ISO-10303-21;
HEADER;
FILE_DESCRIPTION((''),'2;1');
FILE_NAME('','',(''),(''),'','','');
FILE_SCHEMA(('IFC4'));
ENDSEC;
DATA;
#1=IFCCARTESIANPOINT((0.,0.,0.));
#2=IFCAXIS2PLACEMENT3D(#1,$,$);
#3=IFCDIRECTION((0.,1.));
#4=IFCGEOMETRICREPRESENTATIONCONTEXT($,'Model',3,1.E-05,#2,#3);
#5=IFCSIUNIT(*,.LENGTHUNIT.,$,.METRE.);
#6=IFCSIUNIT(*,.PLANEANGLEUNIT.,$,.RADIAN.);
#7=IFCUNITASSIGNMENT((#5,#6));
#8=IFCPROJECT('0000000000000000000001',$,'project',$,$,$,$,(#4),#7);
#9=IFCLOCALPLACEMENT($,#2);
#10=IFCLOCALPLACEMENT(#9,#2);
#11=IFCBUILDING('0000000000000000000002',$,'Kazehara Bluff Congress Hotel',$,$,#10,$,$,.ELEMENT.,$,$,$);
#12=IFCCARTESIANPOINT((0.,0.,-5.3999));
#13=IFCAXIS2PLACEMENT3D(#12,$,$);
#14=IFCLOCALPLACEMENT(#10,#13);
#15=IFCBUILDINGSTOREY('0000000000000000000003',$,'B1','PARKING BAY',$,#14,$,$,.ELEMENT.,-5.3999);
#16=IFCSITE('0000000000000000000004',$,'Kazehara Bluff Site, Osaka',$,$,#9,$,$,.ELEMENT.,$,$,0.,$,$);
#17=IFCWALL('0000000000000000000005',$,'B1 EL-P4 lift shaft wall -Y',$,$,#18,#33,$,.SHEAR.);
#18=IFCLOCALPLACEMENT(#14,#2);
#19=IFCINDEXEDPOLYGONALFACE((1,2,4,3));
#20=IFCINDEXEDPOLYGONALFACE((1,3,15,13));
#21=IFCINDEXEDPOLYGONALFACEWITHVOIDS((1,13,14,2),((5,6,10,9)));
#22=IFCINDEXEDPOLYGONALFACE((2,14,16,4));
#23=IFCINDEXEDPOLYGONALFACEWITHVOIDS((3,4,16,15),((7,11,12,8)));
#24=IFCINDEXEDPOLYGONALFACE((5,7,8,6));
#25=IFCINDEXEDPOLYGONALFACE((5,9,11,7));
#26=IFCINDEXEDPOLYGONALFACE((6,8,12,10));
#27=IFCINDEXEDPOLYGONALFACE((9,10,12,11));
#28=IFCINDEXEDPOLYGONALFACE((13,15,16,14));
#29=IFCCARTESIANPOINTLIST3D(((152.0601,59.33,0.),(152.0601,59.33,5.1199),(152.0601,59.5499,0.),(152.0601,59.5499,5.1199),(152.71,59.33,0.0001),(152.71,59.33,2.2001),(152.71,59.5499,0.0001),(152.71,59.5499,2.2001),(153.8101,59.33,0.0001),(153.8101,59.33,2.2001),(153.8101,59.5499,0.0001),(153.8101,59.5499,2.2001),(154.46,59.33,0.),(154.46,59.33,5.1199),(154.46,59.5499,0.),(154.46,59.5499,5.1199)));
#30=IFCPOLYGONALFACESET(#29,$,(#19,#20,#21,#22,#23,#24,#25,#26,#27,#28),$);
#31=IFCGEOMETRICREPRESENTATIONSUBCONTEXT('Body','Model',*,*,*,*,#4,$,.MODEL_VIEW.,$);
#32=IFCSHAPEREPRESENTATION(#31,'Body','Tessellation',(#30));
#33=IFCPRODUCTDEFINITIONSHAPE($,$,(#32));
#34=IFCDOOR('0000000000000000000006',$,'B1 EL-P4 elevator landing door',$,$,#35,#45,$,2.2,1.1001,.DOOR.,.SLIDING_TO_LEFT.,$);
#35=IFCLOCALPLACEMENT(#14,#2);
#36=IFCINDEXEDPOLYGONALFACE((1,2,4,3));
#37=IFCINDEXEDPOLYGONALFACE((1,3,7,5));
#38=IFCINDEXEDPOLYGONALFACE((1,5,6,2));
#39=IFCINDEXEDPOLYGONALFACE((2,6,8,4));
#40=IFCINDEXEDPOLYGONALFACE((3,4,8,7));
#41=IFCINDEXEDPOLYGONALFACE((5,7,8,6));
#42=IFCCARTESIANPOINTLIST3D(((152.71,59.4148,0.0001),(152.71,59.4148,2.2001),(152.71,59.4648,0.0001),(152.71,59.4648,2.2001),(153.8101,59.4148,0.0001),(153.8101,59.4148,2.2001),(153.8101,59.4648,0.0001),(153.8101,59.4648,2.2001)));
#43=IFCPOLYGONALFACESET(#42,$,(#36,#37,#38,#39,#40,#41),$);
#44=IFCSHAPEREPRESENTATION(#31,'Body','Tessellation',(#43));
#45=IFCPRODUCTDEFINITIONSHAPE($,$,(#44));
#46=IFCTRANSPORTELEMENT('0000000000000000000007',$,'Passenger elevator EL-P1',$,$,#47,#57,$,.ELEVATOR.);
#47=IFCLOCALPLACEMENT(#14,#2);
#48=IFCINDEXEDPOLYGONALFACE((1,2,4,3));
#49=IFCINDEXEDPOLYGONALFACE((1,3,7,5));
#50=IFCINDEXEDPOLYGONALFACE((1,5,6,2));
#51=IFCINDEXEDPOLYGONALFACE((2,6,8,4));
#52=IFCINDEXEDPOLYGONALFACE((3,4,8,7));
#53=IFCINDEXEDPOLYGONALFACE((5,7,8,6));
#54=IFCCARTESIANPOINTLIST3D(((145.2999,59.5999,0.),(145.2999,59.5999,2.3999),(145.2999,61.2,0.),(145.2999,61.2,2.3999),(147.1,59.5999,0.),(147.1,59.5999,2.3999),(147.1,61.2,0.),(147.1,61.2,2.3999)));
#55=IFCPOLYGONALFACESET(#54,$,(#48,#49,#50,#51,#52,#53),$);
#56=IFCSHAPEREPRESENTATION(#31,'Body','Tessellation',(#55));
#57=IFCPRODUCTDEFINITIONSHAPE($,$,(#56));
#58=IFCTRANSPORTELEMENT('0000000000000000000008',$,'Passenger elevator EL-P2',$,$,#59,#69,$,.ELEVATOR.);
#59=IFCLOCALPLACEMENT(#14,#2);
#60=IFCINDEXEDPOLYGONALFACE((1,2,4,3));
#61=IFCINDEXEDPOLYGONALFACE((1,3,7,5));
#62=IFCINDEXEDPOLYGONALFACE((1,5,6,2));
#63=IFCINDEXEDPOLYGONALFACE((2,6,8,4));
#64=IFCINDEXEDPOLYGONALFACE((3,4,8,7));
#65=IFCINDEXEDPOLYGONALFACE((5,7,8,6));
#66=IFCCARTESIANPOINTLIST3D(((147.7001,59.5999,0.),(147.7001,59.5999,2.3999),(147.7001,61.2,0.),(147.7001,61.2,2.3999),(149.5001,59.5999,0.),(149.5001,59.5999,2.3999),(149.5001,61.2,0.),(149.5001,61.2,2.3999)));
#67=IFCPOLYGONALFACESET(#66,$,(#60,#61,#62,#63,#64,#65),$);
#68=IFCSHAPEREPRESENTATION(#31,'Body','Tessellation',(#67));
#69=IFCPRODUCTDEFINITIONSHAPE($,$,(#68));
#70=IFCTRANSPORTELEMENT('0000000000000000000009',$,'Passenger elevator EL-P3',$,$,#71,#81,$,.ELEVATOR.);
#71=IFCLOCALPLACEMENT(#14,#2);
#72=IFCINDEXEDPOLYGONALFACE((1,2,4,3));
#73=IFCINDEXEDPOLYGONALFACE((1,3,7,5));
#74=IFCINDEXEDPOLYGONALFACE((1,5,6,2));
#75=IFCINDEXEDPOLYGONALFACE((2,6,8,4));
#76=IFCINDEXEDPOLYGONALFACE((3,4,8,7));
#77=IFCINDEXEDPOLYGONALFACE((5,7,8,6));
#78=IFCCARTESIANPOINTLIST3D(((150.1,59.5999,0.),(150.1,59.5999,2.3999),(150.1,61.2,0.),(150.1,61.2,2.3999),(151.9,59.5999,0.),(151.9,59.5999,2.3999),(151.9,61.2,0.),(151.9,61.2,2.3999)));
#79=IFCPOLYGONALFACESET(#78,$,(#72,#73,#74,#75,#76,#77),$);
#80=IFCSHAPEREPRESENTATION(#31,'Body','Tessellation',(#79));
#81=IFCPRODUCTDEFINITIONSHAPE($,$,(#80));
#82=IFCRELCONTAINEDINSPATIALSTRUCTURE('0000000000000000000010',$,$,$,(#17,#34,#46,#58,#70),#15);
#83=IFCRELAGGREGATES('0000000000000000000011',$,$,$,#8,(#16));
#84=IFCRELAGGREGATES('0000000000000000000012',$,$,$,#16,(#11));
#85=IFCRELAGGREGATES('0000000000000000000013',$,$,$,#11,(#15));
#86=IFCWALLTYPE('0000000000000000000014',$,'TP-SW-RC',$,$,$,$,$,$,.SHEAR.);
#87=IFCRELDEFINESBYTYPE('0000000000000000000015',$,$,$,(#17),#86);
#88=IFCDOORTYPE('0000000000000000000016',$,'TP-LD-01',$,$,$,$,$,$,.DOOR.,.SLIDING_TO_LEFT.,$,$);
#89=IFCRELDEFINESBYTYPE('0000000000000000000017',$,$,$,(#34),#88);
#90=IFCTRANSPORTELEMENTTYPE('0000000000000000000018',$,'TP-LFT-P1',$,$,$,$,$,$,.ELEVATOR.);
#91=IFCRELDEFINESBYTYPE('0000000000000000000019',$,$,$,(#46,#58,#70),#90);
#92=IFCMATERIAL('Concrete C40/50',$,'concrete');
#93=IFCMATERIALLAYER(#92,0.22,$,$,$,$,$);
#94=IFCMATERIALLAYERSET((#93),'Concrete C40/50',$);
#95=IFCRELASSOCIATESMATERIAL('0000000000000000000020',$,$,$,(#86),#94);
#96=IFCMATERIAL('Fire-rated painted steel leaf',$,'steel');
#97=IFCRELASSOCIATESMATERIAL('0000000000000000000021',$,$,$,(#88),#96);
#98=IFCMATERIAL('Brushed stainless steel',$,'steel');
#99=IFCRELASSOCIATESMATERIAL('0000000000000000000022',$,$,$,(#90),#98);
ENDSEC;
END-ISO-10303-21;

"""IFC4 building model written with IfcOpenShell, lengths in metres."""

from ifc_helpers import new_model, si_unit, direction, frame, frame_2d, origin, origin_2d, place, context, subcontext, project, spatial, rectangle, extrude, material, layer, layer_set, type_object, element, fill, save


model = new_model("IFC4")

# Units and contexts
model_context = context("Model", 3, precision=1e-05, world=origin(), true_north=direction((0.0, 1.0)))
body_context = subcontext(model_context, "Body", "Model", "MODEL_VIEW")
ifc_project = project(units=[si_unit("LENGTHUNIT", "METRE"), si_unit("PLANEANGLEUNIT", "RADIAN")], contexts=[model_context])

# Site, building, storey
site_placement = place(None, origin())
site = spatial("IfcSite", under=ifc_project, at=site_placement, Name="Kazehara Bluff Site, Osaka", CompositionType="ELEMENT", RefElevation=0.0)
building_placement = place(site_placement, origin())
building = spatial("IfcBuilding", under=site, at=building_placement, Name="Kazehara Bluff Congress Hotel", CompositionType="ELEMENT")
storey_placement = place(building_placement, frame((0.0, 0.0, -5.3999)))
storey = spatial("IfcBuildingStorey", under=building, at=storey_placement, Name="B1", Description="PARKING BAY", CompositionType="ELEMENT", Elevation=-5.3999)

# Shared definitions
ifc_material_1 = material(Name="Concrete C40/50", Category="concrete")
ifc_layer_1 = layer(ifc_material_1, 0.22)
ifc_layer_set_1 = layer_set([ifc_layer_1], Name="Concrete C40/50")
wall_type = type_object("IfcWallType", Name="TP-SW-RC", PredefinedType="SHEAR", material=ifc_layer_set_1)

# Shared definitions
ifc_material_2 = material(Name="Fire-rated painted steel leaf", Category="steel")
door_type = type_object("IfcDoorType", Name="TP-LD-01", OperationType="SLIDING_TO_LEFT", PredefinedType="DOOR", material=ifc_material_2)

# Wall, opening, door
wall_1_placement = place(storey_placement, frame((152.0601, 59.4399, 0.0), z_axis=(0.0, 0.0, 1.0), x_axis=(1.0, 0.0, 0.0)))
wall_1 = element("IfcWall", 1, at=wall_1_placement, inside=storey, type_object=wall_type, Name="B1 EL-P4 lift shaft wall -Y", PredefinedType="SHEAR", context=body_context, shape_type="SweptSolid", body=[
    extrude(rectangle(XDim=2.3999, YDim=0.22, at=frame_2d((1.2, 0.0))), origin(), (0.0, 0.0, 1.0), 5.1199),
])
opening_1_placement = place(wall_1_placement, frame((0.6499, 0.0, 0.0)))
opening_1 = element("IfcOpeningElement", 2, at=opening_1_placement, cuts=wall_1, PredefinedType="OPENING", context=body_context, shape_type="SweptSolid", body=[
    extrude(rectangle(XDim=1.1001, YDim=2.2, at=frame_2d((0.55, 1.1001))), frame((0.0, 0.1199, 0.0), z_axis=(0.0, -1.0, 0.0), x_axis=(1.0, 0.0, 0.0)), (0.0, 0.0, 1.0), 0.24),
])
door_1_placement = place(opening_1_placement, origin())
door_1 = element("IfcDoor", 3, at=door_1_placement, inside=storey, type_object=door_type, Name="B1 EL-P4 elevator landing door", OperationType="SLIDING_TO_LEFT", OverallHeight=2.2, OverallWidth=1.1001, PredefinedType="DOOR", context=body_context, shape_type="SweptSolid", body=[
    extrude(rectangle(XDim=1.1001, YDim=2.2, at=frame_2d((0.55, 1.1001))), frame((0.0, 0.0249, 0.0), z_axis=(0.0, -1.0, 0.0), x_axis=(1.0, 0.0, 0.0)), (0.0, 0.0, 1.0), 0.05),
])
fill(opening_1, door_1)

# Transport elements
ifc_material_3 = material(Name="Brushed stainless steel", Category="steel")
transport_element_type = type_object("IfcTransportElementType", Name="TP-LFT-P1", PredefinedType="ELEVATOR", material=ifc_material_3)
for number, where, z_axis, x_axis, name in (
    (4, (146.2, 60.3999, 0.0), (0.0, 0.0, 1.0), (1.0, 0.0, 0.0), "Passenger elevator EL-P1"),
    (5, (148.6001, 60.3999, 0.0), (0.0, 0.0, 1.0), (1.0, 0.0, 0.0), "Passenger elevator EL-P2"),
    (6, (151.0, 60.3999, 0.0), (0.0, 0.0, 1.0), (1.0, 0.0, 0.0), "Passenger elevator EL-P3"),
):
    element("IfcTransportElement", number, at=place(storey_placement, frame(where, z_axis=z_axis, x_axis=x_axis)), inside=storey, type_object=transport_element_type, Name=name, PredefinedType="ELEVATOR", context=body_context, shape_type="SweptSolid", body=[
        extrude(rectangle(XDim=1.8, YDim=1.6001, at=origin_2d()), origin(), (0.0, 0.0, 1.0), 2.3999),
    ])

save(model, "model.ifc")
